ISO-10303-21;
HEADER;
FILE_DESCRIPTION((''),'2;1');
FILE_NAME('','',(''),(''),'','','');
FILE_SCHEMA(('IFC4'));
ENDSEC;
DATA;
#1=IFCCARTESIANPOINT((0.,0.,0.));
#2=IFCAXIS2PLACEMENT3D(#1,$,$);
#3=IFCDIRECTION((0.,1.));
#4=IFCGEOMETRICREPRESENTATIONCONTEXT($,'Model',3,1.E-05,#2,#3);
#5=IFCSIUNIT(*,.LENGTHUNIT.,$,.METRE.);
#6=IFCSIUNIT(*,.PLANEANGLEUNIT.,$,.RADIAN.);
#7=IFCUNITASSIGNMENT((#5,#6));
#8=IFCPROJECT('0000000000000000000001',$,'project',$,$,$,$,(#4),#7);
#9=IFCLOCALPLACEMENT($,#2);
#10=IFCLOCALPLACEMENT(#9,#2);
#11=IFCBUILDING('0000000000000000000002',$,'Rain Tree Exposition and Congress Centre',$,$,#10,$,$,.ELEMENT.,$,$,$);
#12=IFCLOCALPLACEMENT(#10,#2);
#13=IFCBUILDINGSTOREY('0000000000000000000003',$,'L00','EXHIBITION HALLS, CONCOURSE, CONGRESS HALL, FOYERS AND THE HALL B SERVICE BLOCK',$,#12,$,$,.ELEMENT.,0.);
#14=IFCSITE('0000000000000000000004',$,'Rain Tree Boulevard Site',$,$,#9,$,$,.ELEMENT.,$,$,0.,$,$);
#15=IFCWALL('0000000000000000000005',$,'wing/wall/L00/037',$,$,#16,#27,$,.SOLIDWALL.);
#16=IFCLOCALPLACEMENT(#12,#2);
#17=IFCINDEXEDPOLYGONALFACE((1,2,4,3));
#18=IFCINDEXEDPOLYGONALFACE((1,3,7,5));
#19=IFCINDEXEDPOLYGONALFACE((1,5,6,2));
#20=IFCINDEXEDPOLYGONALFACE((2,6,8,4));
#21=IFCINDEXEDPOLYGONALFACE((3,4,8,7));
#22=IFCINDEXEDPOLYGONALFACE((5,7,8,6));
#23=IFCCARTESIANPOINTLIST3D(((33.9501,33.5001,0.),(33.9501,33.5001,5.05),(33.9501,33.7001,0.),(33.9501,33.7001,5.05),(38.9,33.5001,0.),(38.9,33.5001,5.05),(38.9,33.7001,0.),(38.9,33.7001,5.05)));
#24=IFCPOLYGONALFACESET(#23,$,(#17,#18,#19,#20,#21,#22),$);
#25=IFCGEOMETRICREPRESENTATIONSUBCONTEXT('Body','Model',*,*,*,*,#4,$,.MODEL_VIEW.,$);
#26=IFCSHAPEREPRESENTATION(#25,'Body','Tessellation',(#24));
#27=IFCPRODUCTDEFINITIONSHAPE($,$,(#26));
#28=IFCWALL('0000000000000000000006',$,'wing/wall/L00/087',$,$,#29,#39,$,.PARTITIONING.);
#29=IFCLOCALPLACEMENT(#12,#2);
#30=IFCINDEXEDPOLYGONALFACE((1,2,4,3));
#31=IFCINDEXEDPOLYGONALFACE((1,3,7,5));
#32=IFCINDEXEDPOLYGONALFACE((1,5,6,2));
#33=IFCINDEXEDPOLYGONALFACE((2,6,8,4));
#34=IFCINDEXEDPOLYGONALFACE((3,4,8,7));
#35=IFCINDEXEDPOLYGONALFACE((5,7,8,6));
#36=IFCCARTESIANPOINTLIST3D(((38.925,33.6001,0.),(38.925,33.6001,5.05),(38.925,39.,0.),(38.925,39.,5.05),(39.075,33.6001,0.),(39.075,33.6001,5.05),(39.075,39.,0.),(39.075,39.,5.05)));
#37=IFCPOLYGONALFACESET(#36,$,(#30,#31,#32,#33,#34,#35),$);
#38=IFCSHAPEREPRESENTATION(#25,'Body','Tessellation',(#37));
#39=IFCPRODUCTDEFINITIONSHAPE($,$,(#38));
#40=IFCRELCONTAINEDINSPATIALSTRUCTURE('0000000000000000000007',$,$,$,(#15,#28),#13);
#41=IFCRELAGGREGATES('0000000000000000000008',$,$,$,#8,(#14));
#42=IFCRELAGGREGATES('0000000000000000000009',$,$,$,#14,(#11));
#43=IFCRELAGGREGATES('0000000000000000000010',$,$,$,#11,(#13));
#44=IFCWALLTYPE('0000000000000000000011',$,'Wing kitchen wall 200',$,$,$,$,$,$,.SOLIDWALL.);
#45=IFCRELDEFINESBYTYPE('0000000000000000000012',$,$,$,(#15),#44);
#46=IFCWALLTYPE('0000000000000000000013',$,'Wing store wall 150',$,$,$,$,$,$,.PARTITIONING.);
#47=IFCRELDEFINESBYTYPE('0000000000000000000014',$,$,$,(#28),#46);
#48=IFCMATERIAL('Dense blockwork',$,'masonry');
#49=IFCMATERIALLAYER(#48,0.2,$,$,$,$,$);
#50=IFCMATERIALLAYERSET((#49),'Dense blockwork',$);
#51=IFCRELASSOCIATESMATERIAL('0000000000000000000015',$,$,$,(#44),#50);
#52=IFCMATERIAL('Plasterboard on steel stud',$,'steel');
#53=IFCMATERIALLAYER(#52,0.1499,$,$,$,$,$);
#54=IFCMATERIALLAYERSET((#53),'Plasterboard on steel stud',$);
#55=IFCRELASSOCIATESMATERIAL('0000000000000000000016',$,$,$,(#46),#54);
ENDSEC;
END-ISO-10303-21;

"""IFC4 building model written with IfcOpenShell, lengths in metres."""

from ifc_helpers import new_model, si_unit, direction, frame, frame_2d, origin, place, context, subcontext, project, spatial, rectangle, extrude, material, layer, layer_set, type_object, element, save


model = new_model("IFC4")

# Units and contexts
model_context = context("Model", 3, precision=1e-05, world=origin(), true_north=direction((0.0, 1.0)))
body_context = subcontext(model_context, "Body", "Model", "MODEL_VIEW")
ifc_project = project(units=[si_unit("LENGTHUNIT", "METRE"), si_unit("PLANEANGLEUNIT", "RADIAN")], contexts=[model_context])

# Site, building, storey
site_placement = place(None, origin())
site = spatial("IfcSite", under=ifc_project, at=site_placement, Name="Rain Tree Boulevard Site", CompositionType="ELEMENT", RefElevation=0.0)
building_placement = place(site_placement, origin())
building = spatial("IfcBuilding", under=site, at=building_placement, Name="Rain Tree Exposition and Congress Centre", CompositionType="ELEMENT")
storey_placement = place(building_placement, origin())
storey = spatial("IfcBuildingStorey", under=building, at=storey_placement, Name="L00", Description="EXHIBITION HALLS, CONCOURSE, CONGRESS HALL, FOYERS AND THE HALL B SERVICE BLOCK", CompositionType="ELEMENT", Elevation=0.0)

# Walls
ifc_material_1 = material(Name="Dense blockwork", Category="masonry")
ifc_layer_1 = layer(ifc_material_1, 0.2)
ifc_layer_set_1 = layer_set([ifc_layer_1], Name="Dense blockwork")
wall_type_1 = type_object("IfcWallType", Name="Wing kitchen wall 200", PredefinedType="SOLIDWALL", material=ifc_layer_set_1)
wall_1_placement = place(storey_placement, frame((33.95, 33.6001, 0.0), z_axis=(0.0, 0.0, 1.0), x_axis=(1.0, 0.0, 0.0)))
element("IfcWall", 1, at=wall_1_placement, inside=storey, type_object=wall_type_1, Name="wing/wall/L00/037", PredefinedType="SOLIDWALL", context=body_context, shape_type="SweptSolid", body=[
    extrude(rectangle(XDim=4.95, YDim=0.2, at=frame_2d((2.4751, 0.0))), origin(), (0.0, 0.0, 1.0), 5.05),
])
ifc_material_2 = material(Name="Plasterboard on steel stud", Category="steel")
ifc_layer_2 = layer(ifc_material_2, 0.1499)
ifc_layer_set_2 = layer_set([ifc_layer_2], Name="Plasterboard on steel stud")
wall_type_2 = type_object("IfcWallType", Name="Wing store wall 150", PredefinedType="PARTITIONING", material=ifc_layer_set_2)
wall_2_placement = place(storey_placement, frame((39.0, 33.6001, 0.0), z_axis=(0.0, 0.0, 1.0), x_axis=(0.0, 1.0, 0.0)))
element("IfcWall", 2, at=wall_2_placement, inside=storey, type_object=wall_type_2, Name="wing/wall/L00/087", PredefinedType="PARTITIONING", context=body_context, shape_type="SweptSolid", body=[
    extrude(rectangle(XDim=5.3999, YDim=0.1499, at=frame_2d((2.7, 0.0))), origin(), (0.0, 0.0, 1.0), 5.05),
])

save(model, "model.ifc")
